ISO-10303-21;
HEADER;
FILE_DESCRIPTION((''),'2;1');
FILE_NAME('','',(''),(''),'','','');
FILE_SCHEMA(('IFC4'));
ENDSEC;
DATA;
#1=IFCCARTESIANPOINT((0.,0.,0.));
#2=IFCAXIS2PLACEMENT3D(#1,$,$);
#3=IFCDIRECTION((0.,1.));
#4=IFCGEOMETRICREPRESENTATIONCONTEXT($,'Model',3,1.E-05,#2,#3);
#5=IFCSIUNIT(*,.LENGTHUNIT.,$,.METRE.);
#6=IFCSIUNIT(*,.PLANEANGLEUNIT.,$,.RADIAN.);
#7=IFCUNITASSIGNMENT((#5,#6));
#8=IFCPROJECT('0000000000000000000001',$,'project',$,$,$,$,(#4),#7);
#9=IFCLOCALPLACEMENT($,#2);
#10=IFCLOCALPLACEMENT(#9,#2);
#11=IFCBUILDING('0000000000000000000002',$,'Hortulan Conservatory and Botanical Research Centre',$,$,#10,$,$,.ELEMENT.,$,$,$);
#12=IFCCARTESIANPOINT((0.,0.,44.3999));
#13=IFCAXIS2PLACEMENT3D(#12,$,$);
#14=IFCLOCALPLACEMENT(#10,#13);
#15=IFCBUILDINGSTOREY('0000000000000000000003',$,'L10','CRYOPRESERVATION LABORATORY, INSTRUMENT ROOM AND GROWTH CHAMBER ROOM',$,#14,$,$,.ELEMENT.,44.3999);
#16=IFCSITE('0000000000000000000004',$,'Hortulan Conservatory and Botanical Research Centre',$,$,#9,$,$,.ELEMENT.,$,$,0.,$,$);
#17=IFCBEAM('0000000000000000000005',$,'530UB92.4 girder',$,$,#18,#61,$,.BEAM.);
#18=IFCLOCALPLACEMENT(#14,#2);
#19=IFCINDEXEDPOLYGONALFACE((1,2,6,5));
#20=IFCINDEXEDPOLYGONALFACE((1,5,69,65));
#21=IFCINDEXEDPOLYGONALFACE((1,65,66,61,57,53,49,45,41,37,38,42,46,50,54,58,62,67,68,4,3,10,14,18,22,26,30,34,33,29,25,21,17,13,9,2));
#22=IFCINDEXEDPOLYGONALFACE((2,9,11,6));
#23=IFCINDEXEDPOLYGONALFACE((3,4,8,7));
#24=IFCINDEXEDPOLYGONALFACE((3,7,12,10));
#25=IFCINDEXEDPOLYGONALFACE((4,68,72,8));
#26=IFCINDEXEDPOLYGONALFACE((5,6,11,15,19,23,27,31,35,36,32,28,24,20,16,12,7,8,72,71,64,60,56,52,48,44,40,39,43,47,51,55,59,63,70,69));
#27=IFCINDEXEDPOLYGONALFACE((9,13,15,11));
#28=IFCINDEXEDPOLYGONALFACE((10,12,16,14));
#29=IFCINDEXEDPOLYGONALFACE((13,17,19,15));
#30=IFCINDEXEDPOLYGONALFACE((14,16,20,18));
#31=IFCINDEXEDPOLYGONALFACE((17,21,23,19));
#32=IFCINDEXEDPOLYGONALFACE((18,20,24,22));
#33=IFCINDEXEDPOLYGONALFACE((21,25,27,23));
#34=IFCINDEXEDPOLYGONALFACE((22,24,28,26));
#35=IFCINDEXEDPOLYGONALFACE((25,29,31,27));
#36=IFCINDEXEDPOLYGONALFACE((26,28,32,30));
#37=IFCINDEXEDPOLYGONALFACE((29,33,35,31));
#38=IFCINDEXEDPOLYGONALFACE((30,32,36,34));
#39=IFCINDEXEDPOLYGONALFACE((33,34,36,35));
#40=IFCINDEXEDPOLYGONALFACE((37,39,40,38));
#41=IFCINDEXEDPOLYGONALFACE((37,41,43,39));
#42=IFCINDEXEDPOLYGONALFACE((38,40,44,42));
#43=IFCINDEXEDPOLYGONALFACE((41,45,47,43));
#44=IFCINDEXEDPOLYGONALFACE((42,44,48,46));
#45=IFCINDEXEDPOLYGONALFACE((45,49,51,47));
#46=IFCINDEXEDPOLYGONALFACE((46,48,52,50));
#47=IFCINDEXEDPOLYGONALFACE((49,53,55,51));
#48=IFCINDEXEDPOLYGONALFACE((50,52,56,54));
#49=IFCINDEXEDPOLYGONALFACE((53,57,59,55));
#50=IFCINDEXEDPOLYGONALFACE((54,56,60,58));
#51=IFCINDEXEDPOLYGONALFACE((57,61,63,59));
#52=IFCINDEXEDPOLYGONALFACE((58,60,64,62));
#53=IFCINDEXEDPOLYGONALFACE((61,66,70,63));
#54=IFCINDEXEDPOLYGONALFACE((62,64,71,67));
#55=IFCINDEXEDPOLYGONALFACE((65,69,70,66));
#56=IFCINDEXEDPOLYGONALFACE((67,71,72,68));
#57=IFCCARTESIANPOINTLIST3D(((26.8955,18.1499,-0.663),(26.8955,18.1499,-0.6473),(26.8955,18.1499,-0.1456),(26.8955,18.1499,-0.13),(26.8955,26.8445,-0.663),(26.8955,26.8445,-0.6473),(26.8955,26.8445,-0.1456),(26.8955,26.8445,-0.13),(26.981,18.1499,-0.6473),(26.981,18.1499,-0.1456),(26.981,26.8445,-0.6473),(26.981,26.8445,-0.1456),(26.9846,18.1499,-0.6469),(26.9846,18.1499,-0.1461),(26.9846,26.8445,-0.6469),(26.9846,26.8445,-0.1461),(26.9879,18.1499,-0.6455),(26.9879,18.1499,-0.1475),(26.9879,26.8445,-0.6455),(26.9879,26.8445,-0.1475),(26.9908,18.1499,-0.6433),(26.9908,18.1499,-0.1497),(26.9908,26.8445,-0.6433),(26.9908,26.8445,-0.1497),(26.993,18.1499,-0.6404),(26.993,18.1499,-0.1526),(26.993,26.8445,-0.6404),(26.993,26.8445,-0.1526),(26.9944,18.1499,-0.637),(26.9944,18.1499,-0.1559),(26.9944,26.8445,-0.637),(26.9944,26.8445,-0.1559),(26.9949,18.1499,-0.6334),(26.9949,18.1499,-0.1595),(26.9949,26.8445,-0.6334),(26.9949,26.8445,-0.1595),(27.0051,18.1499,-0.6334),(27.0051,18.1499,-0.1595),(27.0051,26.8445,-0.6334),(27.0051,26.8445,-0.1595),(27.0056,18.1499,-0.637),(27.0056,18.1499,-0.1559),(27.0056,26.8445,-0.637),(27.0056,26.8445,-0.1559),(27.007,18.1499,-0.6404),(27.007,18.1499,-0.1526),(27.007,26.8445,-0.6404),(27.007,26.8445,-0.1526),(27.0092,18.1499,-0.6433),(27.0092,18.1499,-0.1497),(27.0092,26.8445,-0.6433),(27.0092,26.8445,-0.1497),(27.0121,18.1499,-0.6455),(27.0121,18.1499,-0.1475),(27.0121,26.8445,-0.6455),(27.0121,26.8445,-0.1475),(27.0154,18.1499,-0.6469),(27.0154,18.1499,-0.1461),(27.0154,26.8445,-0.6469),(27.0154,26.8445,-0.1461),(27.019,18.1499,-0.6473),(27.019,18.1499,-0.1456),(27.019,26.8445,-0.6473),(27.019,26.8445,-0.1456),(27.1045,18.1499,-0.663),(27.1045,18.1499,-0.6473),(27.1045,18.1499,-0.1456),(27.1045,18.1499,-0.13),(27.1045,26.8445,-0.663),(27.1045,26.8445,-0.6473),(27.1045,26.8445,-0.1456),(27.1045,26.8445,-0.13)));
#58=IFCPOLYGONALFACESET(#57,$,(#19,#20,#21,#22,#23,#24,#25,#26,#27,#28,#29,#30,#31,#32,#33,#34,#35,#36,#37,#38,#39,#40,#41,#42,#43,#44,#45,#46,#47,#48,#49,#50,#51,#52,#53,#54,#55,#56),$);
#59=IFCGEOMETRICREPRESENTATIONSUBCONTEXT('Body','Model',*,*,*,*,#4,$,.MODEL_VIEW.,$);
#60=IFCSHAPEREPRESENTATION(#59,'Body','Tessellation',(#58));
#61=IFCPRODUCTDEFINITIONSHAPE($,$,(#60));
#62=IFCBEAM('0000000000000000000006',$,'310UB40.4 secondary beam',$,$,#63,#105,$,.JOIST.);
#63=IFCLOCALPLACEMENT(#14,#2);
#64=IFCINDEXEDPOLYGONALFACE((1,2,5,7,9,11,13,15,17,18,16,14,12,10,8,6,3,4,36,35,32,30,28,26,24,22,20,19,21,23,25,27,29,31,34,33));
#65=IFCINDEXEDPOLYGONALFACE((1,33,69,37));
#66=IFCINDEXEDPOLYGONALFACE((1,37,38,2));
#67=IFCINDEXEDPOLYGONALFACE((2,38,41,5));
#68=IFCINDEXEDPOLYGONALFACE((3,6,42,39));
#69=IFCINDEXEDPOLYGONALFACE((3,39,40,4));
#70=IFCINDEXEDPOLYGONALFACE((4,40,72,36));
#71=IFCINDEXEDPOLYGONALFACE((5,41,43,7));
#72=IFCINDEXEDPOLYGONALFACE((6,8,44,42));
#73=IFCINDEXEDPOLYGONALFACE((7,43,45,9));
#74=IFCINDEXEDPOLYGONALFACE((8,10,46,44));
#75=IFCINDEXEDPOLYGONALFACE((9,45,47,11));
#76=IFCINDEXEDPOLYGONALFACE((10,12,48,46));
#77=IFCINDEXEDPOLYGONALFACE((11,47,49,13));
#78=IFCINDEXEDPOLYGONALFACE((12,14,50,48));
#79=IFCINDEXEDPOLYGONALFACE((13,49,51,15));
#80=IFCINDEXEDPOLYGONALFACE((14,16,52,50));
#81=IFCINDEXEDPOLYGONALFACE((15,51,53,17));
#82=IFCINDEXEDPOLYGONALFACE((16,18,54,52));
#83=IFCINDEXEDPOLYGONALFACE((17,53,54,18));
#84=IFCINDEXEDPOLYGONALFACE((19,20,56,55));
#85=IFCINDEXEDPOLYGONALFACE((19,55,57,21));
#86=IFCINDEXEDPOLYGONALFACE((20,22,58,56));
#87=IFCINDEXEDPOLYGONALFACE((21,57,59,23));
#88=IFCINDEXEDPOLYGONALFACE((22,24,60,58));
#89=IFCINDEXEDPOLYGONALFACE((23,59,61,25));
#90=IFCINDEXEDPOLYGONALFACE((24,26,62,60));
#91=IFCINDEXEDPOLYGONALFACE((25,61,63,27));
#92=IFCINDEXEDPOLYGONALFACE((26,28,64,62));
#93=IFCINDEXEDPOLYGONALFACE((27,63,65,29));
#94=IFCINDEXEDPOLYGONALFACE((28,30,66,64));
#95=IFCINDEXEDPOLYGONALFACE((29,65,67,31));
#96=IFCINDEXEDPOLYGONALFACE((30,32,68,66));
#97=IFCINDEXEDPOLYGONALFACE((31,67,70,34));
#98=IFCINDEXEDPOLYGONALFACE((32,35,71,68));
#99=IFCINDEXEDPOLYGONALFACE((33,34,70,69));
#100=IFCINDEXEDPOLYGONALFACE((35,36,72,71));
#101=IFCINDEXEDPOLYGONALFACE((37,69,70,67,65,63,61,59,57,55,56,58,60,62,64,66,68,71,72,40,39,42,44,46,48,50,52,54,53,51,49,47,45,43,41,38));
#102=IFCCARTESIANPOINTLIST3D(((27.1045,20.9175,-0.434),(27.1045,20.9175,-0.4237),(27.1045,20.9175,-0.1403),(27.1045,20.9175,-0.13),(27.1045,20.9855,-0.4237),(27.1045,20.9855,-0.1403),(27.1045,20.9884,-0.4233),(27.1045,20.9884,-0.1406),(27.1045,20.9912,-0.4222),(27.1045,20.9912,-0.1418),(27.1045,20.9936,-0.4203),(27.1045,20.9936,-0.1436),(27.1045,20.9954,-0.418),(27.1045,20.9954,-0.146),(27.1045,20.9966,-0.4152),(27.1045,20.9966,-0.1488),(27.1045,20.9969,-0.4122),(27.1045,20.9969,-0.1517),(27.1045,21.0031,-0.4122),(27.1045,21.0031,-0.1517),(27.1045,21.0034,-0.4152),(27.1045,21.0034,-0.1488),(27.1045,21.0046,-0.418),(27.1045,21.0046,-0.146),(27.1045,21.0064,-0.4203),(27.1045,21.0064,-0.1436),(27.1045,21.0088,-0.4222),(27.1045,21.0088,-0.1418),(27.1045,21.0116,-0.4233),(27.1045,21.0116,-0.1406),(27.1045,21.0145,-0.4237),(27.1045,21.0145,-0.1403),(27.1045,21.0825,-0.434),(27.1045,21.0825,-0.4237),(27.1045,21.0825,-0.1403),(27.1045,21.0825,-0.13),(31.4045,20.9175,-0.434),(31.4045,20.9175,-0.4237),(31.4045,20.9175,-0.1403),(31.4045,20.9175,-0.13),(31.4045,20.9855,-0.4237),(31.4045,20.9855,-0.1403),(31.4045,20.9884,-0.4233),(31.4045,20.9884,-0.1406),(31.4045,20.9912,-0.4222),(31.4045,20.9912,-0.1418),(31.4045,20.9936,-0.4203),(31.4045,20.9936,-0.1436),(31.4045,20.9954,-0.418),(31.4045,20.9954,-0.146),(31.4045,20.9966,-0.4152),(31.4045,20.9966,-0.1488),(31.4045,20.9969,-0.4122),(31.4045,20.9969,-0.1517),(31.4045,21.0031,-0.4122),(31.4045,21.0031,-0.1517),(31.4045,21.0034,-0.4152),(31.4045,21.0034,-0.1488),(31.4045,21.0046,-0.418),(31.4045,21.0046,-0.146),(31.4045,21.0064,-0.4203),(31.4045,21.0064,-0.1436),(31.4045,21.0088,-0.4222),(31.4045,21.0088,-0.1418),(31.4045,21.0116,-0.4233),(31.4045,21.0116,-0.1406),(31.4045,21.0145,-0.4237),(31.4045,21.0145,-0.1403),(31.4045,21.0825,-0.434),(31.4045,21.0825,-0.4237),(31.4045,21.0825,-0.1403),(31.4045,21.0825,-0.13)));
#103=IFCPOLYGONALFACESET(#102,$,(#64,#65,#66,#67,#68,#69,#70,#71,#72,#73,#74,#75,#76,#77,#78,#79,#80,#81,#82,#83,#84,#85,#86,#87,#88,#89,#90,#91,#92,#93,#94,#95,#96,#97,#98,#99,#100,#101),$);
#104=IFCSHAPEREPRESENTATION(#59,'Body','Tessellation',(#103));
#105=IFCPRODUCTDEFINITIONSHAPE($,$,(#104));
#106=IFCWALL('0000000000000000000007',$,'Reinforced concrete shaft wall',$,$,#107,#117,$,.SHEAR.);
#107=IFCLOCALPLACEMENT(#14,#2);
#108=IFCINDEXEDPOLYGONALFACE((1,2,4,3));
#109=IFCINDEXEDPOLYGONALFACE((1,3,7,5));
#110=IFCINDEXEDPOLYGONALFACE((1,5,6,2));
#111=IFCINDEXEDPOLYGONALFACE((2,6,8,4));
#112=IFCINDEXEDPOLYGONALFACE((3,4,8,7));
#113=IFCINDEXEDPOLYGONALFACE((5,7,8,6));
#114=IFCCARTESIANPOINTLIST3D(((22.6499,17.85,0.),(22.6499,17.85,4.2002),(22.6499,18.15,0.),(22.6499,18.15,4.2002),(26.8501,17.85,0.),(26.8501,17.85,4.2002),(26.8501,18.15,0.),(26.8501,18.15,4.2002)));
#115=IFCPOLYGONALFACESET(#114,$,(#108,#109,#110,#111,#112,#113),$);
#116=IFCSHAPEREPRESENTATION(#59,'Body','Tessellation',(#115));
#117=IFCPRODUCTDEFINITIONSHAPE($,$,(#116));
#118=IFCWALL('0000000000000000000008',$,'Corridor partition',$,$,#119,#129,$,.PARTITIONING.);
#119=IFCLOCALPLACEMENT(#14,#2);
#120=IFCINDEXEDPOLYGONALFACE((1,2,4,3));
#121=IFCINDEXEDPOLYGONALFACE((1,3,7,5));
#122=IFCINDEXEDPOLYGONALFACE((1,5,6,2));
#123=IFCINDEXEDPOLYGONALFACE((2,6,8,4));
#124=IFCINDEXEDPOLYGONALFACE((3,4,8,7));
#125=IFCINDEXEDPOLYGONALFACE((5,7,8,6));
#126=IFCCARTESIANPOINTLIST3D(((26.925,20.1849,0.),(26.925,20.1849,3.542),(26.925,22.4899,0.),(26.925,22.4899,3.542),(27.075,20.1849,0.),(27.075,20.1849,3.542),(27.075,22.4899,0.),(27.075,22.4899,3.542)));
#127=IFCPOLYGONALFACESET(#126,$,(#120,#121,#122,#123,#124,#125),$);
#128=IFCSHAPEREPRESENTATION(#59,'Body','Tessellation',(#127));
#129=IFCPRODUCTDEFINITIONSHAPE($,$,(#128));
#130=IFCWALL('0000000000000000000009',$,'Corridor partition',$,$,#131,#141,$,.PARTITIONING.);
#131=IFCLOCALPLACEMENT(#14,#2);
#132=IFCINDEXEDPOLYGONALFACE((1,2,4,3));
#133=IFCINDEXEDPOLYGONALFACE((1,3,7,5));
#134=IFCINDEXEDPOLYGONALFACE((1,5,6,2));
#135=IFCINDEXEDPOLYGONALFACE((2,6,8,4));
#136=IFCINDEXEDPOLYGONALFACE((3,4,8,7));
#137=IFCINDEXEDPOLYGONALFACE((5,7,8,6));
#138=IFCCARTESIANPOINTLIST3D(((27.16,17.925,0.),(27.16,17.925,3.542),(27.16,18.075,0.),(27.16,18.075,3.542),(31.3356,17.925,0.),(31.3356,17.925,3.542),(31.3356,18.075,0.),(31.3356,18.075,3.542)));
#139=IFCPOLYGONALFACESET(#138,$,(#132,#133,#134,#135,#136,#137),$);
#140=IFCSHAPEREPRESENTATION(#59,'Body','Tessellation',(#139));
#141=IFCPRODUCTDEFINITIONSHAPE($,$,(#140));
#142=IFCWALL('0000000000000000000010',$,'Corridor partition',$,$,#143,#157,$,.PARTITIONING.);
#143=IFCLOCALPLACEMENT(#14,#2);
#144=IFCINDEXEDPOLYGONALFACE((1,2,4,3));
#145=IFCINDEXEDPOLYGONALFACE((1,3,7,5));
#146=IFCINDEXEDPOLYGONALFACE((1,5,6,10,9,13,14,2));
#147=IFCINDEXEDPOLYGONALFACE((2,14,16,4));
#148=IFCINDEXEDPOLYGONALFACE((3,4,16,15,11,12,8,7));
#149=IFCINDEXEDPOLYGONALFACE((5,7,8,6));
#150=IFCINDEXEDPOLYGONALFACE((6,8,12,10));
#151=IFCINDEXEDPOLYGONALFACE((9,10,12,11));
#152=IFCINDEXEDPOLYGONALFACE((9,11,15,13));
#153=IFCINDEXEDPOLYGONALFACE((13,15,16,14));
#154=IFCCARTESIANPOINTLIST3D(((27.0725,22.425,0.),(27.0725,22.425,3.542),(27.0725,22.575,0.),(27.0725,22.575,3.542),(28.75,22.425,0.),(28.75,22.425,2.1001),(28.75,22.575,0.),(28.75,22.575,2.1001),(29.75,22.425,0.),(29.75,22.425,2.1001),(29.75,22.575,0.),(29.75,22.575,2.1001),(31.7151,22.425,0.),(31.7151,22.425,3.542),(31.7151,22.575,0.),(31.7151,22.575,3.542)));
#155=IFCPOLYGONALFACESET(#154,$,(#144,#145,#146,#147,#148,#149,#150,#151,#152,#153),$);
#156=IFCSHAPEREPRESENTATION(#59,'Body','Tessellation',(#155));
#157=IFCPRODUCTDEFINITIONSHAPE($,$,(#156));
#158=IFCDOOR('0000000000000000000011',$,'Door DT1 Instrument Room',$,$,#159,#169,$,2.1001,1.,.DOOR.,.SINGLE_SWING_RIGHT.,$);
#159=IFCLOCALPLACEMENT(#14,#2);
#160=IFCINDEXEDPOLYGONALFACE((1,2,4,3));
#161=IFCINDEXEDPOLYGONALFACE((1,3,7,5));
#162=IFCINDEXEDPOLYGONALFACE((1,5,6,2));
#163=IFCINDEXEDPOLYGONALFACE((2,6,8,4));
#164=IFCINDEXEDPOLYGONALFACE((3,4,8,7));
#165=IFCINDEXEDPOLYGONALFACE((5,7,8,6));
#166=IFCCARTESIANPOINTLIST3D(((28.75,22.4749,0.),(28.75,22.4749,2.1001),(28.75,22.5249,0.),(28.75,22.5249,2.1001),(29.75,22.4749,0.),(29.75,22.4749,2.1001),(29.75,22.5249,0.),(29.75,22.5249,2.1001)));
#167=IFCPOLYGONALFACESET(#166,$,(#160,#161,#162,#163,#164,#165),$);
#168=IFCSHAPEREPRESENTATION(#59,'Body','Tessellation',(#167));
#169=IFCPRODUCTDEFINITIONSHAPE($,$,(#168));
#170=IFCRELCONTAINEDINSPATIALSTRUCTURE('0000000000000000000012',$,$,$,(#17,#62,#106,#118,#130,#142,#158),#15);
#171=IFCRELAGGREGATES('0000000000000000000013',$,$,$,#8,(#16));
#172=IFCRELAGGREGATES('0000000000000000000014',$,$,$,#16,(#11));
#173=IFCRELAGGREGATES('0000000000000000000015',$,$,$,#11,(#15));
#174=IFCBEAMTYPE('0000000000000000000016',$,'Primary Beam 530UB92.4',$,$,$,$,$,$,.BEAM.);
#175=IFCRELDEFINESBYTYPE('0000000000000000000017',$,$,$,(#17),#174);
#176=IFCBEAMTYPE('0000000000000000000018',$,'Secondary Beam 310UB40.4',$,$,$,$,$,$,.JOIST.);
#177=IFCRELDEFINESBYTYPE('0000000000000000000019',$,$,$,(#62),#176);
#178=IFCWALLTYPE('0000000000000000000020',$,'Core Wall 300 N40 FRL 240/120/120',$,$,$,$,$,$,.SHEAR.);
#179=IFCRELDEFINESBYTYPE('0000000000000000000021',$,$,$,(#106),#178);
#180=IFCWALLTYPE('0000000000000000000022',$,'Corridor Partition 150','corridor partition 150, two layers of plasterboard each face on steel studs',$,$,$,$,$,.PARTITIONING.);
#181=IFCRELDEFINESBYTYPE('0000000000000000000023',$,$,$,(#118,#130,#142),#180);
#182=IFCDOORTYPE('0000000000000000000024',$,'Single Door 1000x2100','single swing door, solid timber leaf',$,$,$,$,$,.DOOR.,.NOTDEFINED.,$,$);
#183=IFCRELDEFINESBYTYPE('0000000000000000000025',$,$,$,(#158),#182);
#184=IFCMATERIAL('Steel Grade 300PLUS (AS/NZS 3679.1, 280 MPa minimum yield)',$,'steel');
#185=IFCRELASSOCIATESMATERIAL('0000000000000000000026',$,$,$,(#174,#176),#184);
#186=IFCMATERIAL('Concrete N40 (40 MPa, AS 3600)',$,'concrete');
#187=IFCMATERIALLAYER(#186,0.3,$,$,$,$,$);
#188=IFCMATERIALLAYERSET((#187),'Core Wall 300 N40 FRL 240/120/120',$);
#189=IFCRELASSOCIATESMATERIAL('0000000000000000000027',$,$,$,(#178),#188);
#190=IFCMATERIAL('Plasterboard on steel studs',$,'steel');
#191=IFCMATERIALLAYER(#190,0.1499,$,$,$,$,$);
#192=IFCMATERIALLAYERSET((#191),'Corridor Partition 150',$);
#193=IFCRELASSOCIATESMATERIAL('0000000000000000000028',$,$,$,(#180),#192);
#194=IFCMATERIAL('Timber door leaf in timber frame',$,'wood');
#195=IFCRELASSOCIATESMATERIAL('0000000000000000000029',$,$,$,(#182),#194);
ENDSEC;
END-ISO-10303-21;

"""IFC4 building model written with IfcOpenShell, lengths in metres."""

from ifc_helpers import new_model, si_unit, direction, frame, frame_2d, origin, origin_2d, place, context, subcontext, project, spatial, rectangle, i_section, extrude, material, layer, layer_set, material_profile, profile_set, type_object, element, fill, save


model = new_model("IFC4")

# Units and contexts
model_context = context("Model", 3, precision=1e-05, world=origin(), true_north=direction((0.0, 1.0)))
body_context = subcontext(model_context, "Body", "Model", "MODEL_VIEW")
ifc_project = project(units=[si_unit("LENGTHUNIT", "METRE"), si_unit("PLANEANGLEUNIT", "RADIAN")], contexts=[model_context])

# Site, building, storey
site_placement = place(None, origin())
site = spatial("IfcSite", under=ifc_project, at=site_placement, Name="Hortulan Conservatory and Botanical Research Centre", CompositionType="ELEMENT", RefElevation=0.0)
building_placement = place(site_placement, origin())
building = spatial("IfcBuilding", under=site, at=building_placement, Name="Hortulan Conservatory and Botanical Research Centre", CompositionType="ELEMENT")
storey_placement = place(building_placement, frame((0.0, 0.0, 44.3999)))
storey = spatial("IfcBuildingStorey", under=building, at=storey_placement, Name="L10", Description="CRYOPRESERVATION LABORATORY, INSTRUMENT ROOM AND GROWTH CHAMBER ROOM", CompositionType="ELEMENT", Elevation=44.3999)

# Shared definitions
ifc_material_1 = material(Name="Steel Grade 300PLUS (AS/NZS 3679.1, 280 MPa minimum yield)", Category="steel")

# Beams
ifc_material_profile_1 = material_profile(ifc_material_1, i_section(OverallWidth=0.209, OverallDepth=0.533, WebThickness=0.0103, FlangeThickness=0.0156, FilletRadius=0.0139, at=origin_2d()), Name="530UB92.4")
ifc_profile_set_1 = profile_set([ifc_material_profile_1], Name="Steel Grade 300PLUS (AS/NZS 3679.1, 280 MPa minimum yield)")
beam_type_1 = type_object("IfcBeamType", Name="Primary Beam 530UB92.4", PredefinedType="BEAM", material=ifc_profile_set_1)
beam_1_placement = place(storey_placement, frame((27.0, 18.1499, -0.3965), z_axis=(0.0, 1.0, 0.0), x_axis=(-1.0, 0.0, 0.0)))
element("IfcBeam", 1, at=beam_1_placement, inside=storey, type_object=beam_type_1, Name="530UB92.4 girder", PredefinedType="BEAM", context=body_context, shape_type="SweptSolid", body=[
    extrude(i_section(OverallWidth=0.209, OverallDepth=0.533, WebThickness=0.0103, FlangeThickness=0.0156, FilletRadius=0.0139, at=origin_2d()), origin(), (0.0, 0.0, 1.0), 8.6946),
])
ifc_material_profile_2 = material_profile(ifc_material_1, i_section(OverallWidth=0.165, OverallDepth=0.304, WebThickness=0.0061, FlangeThickness=0.0103, FilletRadius=0.0115, at=origin_2d()), Name="310UB40.4")
ifc_profile_set_2 = profile_set([ifc_material_profile_2], Name="Steel Grade 300PLUS (AS/NZS 3679.1, 280 MPa minimum yield)")
beam_type_2 = type_object("IfcBeamType", Name="Secondary Beam 310UB40.4", PredefinedType="JOIST", material=ifc_profile_set_2)
beam_2_placement = place(storey_placement, frame((27.1045, 21.0, -0.282), z_axis=(1.0, 0.0, 0.0), x_axis=(0.0, 1.0, 0.0)))
element("IfcBeam", 2, at=beam_2_placement, inside=storey, type_object=beam_type_2, Name="310UB40.4 secondary beam", PredefinedType="JOIST", context=body_context, shape_type="SweptSolid", body=[
    extrude(i_section(OverallWidth=0.165, OverallDepth=0.304, WebThickness=0.0061, FlangeThickness=0.0103, FilletRadius=0.0115, at=origin_2d()), origin(), (0.0, 0.0, 1.0), 4.3),
])

# Walls
ifc_material_2 = material(Name="Concrete N40 (40 MPa, AS 3600)", Category="concrete")
ifc_layer_1 = layer(ifc_material_2, 0.3)
ifc_layer_set_1 = layer_set([ifc_layer_1], Name="Core Wall 300 N40 FRL 240/120/120")
wall_type_1 = type_object("IfcWallType", Name="Core Wall 300 N40 FRL 240/120/120", PredefinedType="SHEAR", material=ifc_layer_set_1)
wall_1_placement = place(storey_placement, frame((22.6499, 18.0, 0.0), z_axis=(0.0, 0.0, 1.0), x_axis=(1.0, 0.0, 0.0)))
element("IfcWall", 3, at=wall_1_placement, inside=storey, type_object=wall_type_1, Name="Reinforced concrete shaft wall", PredefinedType="SHEAR", context=body_context, shape_type="SweptSolid", body=[
    extrude(rectangle(XDim=4.2002, YDim=0.3, at=frame_2d((2.1001, 0.0))), origin(), (0.0, 0.0, 1.0), 4.2002),
])
ifc_material_3 = material(Name="Plasterboard on steel studs", Category="steel")
ifc_layer_2 = layer(ifc_material_3, 0.1499)
ifc_layer_set_2 = layer_set([ifc_layer_2], Name="Corridor Partition 150")
wall_type_2 = type_object("IfcWallType", Name="Corridor Partition 150", Description="corridor partition 150, two layers of plasterboard each face on steel studs", PredefinedType="PARTITIONING", material=ifc_layer_set_2)
wall_2_placement = place(storey_placement, frame((27.0, 20.1851, 0.0), z_axis=(0.0, 0.0, 1.0), x_axis=(0.0, 1.0, 0.0)))
element("IfcWall", 4, at=wall_2_placement, inside=storey, type_object=wall_type_2, Name="Corridor partition", PredefinedType="PARTITIONING", context=body_context, shape_type="SweptSolid", body=[
    extrude(rectangle(XDim=2.3049, YDim=0.1499, at=frame_2d((1.1523, 0.0))), origin(), (0.0, 0.0, 1.0), 3.542),
])
wall_3_placement = place(storey_placement, frame((27.1599, 18.0, 0.0), z_axis=(0.0, 0.0, 1.0), x_axis=(1.0, 0.0, 0.0)))
element("IfcWall", 5, at=wall_3_placement, inside=storey, type_object=wall_type_2, Name="Corridor partition", PredefinedType="PARTITIONING", context=body_context, shape_type="SweptSolid", body=[
    extrude(rectangle(XDim=4.1755, YDim=0.1499, at=frame_2d((2.0879, 0.0))), origin(), (0.0, 0.0, 1.0), 3.542),
])

# Wall, opening, door
wall_4_placement = place(storey_placement, frame((27.0725, 22.5, 0.0), z_axis=(0.0, 0.0, 1.0), x_axis=(1.0, 0.0, 0.0)))
wall_4 = element("IfcWall", 6, at=wall_4_placement, inside=storey, type_object=wall_type_2, Name="Corridor partition", PredefinedType="PARTITIONING", context=body_context, shape_type="SweptSolid", body=[
    extrude(rectangle(XDim=4.6426, YDim=0.1499, at=frame_2d((2.3213, 0.0))), origin(), (0.0, 0.0, 1.0), 3.542),
])
opening_1_placement = place(wall_4_placement, frame((1.6775, 0.0, 0.0)))
opening_1 = element("IfcOpeningElement", 7, at=opening_1_placement, cuts=wall_4, PredefinedType="OPENING", context=body_context, shape_type="SweptSolid", body=[
    extrude(rectangle(XDim=1.0, YDim=2.1001, at=frame_2d((0.5, 1.05))), frame((0.0, 0.085, 0.0), z_axis=(0.0, -1.0, 0.0), x_axis=(1.0, 0.0, 0.0)), (0.0, 0.0, 1.0), 0.1699),
])
ifc_material_4 = material(Name="Timber door leaf in timber frame", Category="wood")
door_type_1 = type_object("IfcDoorType", Name="Single Door 1000x2100", Description="single swing door, solid timber leaf", OperationType="NOTDEFINED", PredefinedType="DOOR", material=ifc_material_4)
door_1_placement = place(opening_1_placement, origin())
door_1 = element("IfcDoor", 8, at=door_1_placement, inside=storey, type_object=door_type_1, Name="Door DT1 Instrument Room", OperationType="SINGLE_SWING_RIGHT", OverallHeight=2.1001, OverallWidth=1.0, PredefinedType="DOOR", context=body_context, shape_type="SweptSolid", body=[
    extrude(rectangle(XDim=1.0, YDim=2.1001, at=frame_2d((0.5, 1.05))), frame((0.0, 0.0249, 0.0), z_axis=(0.0, -1.0, 0.0), x_axis=(1.0, 0.0, 0.0)), (0.0, 0.0, 1.0), 0.05),
])
fill(opening_1, door_1)

save(model, "model.ifc")
